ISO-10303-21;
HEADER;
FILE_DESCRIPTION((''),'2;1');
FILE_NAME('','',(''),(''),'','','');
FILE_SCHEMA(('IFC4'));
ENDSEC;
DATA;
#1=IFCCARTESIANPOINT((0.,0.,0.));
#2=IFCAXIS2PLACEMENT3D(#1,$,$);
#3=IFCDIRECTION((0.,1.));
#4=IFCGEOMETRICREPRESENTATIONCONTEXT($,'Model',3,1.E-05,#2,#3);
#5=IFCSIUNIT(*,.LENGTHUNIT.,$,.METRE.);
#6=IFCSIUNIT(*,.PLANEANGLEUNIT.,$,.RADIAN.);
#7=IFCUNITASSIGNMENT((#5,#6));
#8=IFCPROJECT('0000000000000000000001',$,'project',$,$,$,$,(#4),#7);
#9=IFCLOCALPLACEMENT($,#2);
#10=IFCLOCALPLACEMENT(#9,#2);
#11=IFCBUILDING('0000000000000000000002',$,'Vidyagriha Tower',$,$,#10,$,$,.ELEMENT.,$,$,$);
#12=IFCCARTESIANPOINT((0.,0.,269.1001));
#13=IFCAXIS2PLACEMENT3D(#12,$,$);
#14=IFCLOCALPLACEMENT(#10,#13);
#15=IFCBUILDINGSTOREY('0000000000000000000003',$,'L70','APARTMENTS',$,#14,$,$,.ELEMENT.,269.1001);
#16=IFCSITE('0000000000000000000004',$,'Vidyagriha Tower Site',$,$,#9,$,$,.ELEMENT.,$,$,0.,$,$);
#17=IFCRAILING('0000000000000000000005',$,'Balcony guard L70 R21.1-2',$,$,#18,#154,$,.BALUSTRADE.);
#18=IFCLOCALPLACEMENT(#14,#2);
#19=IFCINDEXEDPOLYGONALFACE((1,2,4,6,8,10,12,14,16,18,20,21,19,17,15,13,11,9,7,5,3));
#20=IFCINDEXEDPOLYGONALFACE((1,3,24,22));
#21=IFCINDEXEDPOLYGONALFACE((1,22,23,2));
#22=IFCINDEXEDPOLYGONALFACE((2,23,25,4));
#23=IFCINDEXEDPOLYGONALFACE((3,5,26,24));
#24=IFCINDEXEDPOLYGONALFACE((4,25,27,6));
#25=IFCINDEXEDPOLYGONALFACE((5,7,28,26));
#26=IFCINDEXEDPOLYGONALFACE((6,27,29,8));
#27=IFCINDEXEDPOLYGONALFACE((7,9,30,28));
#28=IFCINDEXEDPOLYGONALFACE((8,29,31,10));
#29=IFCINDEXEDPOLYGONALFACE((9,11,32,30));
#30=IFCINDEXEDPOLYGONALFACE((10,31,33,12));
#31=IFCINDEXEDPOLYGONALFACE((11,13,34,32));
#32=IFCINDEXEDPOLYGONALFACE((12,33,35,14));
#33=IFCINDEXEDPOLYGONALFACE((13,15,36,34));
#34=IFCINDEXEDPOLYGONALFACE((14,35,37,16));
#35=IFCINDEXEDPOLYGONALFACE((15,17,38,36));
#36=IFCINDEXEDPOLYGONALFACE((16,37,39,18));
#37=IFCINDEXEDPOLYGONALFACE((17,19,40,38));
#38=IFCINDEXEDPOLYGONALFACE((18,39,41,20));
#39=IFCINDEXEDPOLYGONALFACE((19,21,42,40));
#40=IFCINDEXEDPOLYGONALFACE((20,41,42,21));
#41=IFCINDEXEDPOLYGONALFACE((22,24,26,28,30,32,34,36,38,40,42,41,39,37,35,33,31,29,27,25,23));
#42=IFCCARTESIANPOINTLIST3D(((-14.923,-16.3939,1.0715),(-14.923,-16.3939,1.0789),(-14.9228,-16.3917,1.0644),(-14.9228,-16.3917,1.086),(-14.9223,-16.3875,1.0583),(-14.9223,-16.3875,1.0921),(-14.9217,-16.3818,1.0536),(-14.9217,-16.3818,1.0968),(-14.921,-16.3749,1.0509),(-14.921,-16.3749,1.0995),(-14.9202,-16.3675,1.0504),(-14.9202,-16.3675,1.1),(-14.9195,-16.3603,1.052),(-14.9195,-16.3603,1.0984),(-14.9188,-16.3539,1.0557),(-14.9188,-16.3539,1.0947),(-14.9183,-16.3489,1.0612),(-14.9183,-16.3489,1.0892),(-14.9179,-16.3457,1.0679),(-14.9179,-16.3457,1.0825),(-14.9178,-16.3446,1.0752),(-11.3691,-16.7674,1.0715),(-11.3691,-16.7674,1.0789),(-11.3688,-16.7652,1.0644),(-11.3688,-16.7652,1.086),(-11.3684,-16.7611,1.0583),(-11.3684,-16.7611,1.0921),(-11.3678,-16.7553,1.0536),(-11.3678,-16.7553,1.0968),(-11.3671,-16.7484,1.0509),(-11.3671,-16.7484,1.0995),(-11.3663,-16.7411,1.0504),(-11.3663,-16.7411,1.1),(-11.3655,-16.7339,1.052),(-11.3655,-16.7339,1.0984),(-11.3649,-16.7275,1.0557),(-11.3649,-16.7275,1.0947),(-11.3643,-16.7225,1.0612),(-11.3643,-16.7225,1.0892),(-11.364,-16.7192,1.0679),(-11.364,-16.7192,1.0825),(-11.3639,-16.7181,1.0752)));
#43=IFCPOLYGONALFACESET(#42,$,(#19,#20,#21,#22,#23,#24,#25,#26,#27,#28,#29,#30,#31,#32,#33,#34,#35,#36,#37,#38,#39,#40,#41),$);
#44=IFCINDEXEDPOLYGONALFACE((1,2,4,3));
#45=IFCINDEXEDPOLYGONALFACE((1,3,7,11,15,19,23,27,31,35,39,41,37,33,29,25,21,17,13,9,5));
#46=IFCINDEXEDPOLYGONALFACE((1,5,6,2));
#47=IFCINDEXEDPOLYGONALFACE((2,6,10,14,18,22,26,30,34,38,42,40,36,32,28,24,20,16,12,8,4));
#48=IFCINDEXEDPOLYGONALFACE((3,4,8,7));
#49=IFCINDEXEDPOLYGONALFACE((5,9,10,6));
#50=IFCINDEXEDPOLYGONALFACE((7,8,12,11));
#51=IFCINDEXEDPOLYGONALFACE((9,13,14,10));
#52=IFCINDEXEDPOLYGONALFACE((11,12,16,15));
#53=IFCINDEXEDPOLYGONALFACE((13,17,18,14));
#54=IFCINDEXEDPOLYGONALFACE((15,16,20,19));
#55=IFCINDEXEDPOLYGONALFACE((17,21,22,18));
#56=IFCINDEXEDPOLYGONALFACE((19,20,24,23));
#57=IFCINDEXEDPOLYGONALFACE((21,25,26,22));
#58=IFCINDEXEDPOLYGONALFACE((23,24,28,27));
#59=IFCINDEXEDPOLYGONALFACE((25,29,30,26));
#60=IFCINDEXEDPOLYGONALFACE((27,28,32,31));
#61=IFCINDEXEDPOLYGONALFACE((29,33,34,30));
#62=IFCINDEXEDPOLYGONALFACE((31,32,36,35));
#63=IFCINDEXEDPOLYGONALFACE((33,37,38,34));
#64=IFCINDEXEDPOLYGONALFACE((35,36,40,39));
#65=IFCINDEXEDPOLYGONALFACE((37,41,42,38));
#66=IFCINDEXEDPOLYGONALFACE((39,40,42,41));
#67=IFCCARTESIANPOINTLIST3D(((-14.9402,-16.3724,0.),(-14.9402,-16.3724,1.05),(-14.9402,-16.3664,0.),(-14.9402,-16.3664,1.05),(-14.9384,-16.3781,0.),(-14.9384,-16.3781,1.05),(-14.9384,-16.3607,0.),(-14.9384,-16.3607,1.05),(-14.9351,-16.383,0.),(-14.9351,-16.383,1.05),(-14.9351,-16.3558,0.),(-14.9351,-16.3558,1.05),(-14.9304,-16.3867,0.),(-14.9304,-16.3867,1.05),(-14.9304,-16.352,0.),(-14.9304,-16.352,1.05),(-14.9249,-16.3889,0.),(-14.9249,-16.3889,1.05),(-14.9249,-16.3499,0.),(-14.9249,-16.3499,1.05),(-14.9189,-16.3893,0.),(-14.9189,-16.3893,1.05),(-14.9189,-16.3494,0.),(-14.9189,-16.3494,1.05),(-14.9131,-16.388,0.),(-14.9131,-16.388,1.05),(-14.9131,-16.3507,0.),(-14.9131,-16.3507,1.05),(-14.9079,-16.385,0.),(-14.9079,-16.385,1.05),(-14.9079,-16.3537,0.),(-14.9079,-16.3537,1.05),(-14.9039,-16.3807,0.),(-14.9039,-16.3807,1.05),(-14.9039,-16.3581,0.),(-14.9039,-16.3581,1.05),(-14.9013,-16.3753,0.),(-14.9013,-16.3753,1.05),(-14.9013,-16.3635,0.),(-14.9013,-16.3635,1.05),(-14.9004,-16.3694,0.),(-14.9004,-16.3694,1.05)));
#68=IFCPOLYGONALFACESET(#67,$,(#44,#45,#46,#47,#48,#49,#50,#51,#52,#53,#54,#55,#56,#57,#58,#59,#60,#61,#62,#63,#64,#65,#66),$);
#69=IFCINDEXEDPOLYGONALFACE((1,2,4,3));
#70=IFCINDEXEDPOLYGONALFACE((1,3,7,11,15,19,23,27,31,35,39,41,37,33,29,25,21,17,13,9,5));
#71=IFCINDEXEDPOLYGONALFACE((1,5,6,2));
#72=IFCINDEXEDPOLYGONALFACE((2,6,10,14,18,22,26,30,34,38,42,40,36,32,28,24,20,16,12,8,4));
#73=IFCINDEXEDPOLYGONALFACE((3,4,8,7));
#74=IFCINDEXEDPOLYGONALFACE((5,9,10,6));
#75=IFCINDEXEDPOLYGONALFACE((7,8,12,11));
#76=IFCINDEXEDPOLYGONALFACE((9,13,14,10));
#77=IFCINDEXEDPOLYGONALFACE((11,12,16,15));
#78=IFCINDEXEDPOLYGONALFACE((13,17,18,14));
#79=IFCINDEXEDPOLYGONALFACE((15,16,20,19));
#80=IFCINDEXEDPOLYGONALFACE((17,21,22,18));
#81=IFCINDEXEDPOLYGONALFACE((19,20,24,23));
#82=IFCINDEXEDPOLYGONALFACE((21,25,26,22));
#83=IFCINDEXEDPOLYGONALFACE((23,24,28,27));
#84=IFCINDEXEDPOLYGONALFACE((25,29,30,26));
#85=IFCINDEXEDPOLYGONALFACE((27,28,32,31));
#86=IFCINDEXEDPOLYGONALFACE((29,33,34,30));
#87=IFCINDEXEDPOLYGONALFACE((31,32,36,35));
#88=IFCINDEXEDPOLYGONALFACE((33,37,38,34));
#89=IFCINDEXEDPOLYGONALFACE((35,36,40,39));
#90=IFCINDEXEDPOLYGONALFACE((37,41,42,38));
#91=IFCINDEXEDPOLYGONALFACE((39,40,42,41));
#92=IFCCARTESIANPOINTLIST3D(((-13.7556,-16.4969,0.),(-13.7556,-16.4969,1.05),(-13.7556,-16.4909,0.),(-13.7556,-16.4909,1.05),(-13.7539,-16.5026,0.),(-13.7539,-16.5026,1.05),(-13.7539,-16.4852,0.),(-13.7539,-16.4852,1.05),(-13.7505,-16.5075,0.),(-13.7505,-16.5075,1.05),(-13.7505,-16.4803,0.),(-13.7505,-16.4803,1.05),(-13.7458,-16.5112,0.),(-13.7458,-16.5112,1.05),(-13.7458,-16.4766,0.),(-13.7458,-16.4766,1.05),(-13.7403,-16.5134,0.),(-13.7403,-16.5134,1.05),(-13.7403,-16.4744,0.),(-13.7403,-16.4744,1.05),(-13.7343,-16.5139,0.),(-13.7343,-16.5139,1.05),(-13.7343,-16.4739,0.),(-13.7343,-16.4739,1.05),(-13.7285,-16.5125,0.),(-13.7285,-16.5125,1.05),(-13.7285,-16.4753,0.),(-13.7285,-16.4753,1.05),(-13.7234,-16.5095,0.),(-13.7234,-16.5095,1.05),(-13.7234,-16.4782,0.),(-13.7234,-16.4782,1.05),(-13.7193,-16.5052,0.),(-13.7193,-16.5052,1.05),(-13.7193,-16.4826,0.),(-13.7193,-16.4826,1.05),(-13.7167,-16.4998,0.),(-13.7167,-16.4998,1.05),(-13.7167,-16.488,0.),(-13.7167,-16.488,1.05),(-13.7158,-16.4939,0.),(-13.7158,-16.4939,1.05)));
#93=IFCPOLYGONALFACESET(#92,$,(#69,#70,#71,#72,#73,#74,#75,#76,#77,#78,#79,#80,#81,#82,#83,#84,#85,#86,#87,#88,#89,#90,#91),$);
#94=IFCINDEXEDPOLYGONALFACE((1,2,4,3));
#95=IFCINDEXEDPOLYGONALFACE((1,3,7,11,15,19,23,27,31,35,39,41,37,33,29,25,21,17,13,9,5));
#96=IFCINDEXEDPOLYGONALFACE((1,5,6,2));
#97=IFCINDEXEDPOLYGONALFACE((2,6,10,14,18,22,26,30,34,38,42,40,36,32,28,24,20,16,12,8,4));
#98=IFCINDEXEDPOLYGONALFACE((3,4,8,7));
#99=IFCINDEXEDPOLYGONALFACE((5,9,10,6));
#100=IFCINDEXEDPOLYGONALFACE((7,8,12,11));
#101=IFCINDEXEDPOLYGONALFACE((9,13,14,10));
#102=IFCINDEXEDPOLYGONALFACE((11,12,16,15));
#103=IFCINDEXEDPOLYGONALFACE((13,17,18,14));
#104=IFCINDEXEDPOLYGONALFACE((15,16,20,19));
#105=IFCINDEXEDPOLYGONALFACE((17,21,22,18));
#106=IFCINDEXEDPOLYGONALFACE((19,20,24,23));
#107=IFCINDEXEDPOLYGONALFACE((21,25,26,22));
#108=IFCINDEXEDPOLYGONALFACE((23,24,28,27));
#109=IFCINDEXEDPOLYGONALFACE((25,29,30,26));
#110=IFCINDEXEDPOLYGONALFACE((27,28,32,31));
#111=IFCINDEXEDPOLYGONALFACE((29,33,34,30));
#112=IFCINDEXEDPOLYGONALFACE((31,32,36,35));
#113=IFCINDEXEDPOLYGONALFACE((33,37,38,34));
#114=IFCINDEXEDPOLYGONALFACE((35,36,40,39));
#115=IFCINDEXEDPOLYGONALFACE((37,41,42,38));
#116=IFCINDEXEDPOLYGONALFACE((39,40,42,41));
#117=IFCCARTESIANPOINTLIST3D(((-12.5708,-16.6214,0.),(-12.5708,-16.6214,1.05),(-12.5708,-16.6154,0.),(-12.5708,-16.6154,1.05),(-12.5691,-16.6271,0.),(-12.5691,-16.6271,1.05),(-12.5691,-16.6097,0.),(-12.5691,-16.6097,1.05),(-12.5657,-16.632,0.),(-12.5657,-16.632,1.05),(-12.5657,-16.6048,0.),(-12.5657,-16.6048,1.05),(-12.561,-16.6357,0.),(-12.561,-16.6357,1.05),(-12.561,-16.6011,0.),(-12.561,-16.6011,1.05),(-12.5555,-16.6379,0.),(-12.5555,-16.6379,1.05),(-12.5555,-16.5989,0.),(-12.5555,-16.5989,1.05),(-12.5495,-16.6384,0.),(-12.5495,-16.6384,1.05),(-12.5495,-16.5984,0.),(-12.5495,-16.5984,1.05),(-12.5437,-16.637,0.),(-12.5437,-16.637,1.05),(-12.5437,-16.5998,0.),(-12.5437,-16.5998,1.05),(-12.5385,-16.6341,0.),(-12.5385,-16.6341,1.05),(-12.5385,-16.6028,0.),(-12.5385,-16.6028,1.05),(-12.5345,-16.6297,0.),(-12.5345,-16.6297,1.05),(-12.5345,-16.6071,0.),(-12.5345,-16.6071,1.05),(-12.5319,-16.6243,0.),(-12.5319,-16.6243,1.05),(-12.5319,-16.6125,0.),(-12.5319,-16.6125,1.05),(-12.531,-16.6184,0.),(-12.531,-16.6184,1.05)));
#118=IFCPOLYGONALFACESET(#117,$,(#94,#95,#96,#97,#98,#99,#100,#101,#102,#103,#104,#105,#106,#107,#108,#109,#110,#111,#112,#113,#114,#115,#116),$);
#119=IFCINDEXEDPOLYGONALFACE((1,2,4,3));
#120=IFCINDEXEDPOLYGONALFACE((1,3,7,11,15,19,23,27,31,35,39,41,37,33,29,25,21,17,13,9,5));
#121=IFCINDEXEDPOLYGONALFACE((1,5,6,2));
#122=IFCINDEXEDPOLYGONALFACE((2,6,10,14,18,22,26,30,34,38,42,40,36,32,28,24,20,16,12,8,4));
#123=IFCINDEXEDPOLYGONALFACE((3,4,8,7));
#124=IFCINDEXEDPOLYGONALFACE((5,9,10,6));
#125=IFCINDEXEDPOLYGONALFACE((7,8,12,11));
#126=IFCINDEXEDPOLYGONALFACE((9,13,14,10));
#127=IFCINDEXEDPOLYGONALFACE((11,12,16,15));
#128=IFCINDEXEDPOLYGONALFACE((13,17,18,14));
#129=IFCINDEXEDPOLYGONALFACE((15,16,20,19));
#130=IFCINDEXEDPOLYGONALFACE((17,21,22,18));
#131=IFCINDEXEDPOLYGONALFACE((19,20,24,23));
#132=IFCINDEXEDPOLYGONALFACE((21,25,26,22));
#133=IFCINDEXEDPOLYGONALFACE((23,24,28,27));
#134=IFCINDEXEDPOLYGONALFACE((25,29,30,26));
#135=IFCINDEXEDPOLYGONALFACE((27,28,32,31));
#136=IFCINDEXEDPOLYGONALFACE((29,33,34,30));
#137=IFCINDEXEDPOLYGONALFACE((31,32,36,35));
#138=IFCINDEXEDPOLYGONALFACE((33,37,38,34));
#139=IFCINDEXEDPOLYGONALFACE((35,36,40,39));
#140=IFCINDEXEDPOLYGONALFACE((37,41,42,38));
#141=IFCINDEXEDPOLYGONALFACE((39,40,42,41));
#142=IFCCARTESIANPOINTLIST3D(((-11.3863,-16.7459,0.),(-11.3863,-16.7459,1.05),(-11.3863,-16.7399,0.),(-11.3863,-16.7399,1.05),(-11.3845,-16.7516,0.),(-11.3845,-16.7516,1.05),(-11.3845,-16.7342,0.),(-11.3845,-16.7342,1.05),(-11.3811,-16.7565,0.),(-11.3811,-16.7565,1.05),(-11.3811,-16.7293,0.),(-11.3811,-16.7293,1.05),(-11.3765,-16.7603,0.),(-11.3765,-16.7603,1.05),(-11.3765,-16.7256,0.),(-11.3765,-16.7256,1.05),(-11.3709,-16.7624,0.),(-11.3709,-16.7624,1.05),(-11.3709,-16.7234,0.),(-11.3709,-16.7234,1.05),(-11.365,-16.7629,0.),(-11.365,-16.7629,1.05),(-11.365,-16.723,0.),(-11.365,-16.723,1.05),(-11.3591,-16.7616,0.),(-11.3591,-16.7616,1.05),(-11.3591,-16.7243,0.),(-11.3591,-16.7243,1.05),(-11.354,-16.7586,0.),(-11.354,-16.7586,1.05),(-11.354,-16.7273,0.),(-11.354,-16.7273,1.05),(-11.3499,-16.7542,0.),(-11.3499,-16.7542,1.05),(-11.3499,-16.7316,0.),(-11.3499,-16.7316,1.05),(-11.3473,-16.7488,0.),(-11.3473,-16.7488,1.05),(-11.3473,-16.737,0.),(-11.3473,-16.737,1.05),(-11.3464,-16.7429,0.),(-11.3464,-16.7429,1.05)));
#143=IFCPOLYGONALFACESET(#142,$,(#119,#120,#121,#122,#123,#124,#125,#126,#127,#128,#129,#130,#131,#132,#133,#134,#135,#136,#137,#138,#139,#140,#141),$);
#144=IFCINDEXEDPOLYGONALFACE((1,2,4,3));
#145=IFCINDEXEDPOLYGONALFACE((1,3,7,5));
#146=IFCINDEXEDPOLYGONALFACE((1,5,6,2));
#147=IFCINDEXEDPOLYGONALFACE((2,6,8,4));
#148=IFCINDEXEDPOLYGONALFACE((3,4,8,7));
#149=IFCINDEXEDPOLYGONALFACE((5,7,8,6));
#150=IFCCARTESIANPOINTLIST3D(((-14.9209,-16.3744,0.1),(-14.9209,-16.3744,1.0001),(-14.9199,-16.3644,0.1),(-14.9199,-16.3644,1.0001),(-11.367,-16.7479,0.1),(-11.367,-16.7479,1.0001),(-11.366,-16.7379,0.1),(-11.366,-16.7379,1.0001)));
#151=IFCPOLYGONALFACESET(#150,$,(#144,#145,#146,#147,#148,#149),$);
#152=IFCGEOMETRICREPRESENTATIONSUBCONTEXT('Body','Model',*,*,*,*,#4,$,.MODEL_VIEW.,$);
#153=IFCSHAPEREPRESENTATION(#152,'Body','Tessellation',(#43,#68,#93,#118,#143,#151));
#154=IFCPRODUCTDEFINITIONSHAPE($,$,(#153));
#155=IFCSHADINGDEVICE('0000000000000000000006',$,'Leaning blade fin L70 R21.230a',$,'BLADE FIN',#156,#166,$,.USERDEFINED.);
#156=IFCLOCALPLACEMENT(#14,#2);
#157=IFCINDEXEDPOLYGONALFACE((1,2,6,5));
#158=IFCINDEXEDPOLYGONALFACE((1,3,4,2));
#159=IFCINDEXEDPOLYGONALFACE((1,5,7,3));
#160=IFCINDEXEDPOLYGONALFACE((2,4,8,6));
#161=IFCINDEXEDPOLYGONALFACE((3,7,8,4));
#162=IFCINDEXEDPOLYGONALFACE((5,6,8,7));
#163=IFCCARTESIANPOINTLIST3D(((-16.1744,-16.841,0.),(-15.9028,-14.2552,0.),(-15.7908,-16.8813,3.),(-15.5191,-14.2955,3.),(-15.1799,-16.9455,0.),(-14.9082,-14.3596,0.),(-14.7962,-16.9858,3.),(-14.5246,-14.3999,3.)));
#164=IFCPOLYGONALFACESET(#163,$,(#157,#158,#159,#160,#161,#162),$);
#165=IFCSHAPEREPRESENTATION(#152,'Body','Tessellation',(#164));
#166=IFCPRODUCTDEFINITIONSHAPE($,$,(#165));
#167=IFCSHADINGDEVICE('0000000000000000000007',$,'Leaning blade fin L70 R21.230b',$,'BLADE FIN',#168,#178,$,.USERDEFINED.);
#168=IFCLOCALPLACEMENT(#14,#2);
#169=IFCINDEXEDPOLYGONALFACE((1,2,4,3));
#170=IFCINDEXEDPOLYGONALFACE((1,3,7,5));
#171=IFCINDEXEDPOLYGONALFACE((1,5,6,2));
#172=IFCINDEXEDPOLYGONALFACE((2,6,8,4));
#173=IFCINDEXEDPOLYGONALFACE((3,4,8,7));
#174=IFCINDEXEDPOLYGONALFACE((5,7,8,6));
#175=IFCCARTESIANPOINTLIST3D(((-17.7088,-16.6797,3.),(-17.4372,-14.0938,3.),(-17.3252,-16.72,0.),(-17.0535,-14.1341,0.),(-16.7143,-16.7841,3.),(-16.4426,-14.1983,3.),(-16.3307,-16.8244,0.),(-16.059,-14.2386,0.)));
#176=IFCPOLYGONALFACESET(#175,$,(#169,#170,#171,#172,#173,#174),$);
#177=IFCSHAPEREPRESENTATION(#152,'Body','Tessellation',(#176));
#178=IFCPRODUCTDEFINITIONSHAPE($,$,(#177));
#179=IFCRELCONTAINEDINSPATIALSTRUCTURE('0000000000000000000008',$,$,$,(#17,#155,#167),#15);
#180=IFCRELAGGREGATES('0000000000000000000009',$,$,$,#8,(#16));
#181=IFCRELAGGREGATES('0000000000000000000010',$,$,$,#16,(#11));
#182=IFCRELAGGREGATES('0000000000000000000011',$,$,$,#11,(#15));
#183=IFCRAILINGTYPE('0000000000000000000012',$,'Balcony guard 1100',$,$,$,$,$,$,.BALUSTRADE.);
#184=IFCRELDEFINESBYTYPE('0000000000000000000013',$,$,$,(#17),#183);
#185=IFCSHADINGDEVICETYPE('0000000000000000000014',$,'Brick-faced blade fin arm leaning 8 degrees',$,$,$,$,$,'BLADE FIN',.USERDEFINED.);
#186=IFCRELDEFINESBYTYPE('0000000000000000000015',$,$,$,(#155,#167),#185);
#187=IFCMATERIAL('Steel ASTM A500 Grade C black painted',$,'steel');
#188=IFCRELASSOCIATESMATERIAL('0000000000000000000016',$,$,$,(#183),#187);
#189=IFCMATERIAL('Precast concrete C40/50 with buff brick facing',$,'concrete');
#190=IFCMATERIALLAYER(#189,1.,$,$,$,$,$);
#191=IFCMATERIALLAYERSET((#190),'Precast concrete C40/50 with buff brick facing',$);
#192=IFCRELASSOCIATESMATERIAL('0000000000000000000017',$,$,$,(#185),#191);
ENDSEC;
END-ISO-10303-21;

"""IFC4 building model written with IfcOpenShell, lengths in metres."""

from ifc_helpers import new_model, si_unit, direction, frame, origin, origin_2d, place, context, subcontext, project, spatial, polyline, rectangle, circle, outline, extrude, material, layer, layer_set, type_object, element, save


model = new_model("IFC4")

# Units and contexts
model_context = context("Model", 3, precision=1e-05, world=origin(), true_north=direction((0.0, 1.0)))
body_context = subcontext(model_context, "Body", "Model", "MODEL_VIEW")
ifc_project = project(units=[si_unit("LENGTHUNIT", "METRE"), si_unit("PLANEANGLEUNIT", "RADIAN")], contexts=[model_context])

# Site, building, storey
site_placement = place(None, origin())
site = spatial("IfcSite", under=ifc_project, at=site_placement, Name="Vidyagriha Tower Site", CompositionType="ELEMENT", RefElevation=0.0)
building_placement = place(site_placement, origin())
building = spatial("IfcBuilding", under=site, at=building_placement, Name="Vidyagriha Tower", CompositionType="ELEMENT")
storey_placement = place(building_placement, frame((0.0, 0.0, 269.1001)))
storey = spatial("IfcBuildingStorey", under=building, at=storey_placement, Name="L70", Description="APARTMENTS", CompositionType="ELEMENT", Elevation=269.1001)

# Railing
ifc_material_1 = material(Name="Steel ASTM A500 Grade C black painted", Category="steel")
railing_type_1 = type_object("IfcRailingType", Name="Balcony guard 1100", PredefinedType="BALUSTRADE", material=ifc_material_1)
railing_1_placement = place(storey_placement, frame((-14.9204, -16.3694, 0.0)))
element("IfcRailing", 1, at=railing_1_placement, inside=storey, type_object=railing_type_1, Name="Balcony guard L70 R21.1-2", PredefinedType="BALUSTRADE", context=body_context, shape_type="SweptSolid", body=[
    extrude(circle(Radius=0.0249, at=origin_2d()), frame((0.0, 0.0, 1.0752), z_axis=(0.994522, -0.104528, 0.0), x_axis=(0.104528, 0.994522, 0.0)), (0.0, 0.0, 1.0), 3.5735),
    extrude(circle(Radius=0.02, at=origin_2d()), origin(), (0.0, 0.0, 1.0), 1.05),
    extrude(circle(Radius=0.02, at=origin_2d()), frame((1.1846, -0.1245, 0.0)), (0.0, 0.0, 1.0), 1.05),
    extrude(circle(Radius=0.02, at=origin_2d()), frame((2.3694, -0.249, 0.0)), (0.0, 0.0, 1.0), 1.05),
    extrude(circle(Radius=0.02, at=origin_2d()), frame((3.554, -0.3735, 0.0)), (0.0, 0.0, 1.0), 1.05),
    extrude(rectangle(XDim=0.01, YDim=0.9001, at=origin_2d()), frame((0.0, 0.0, 0.55), z_axis=(0.994522, -0.104528, 0.0), x_axis=(0.104528, 0.994522, 0.0)), (0.0, 0.0, 1.0), 3.5735),
])

# Shading devices
ifc_material_2 = material(Name="Precast concrete C40/50 with buff brick facing", Category="concrete")
ifc_layer_1 = layer(ifc_material_2, 1.0)
ifc_layer_set_1 = layer_set([ifc_layer_1], Name="Precast concrete C40/50 with buff brick facing")
shading_device_type = type_object("IfcShadingDeviceType", Name="Brick-faced blade fin arm leaning 8 degrees", ElementType="BLADE FIN", PredefinedType="USERDEFINED", material=ifc_layer_set_1)
shading_device_1_placement = place(storey_placement, frame((-16.0386, -15.5481, 0.0), z_axis=(0.0, 0.0, 1.0), x_axis=(0.994528, -0.104474, 0.0)))
element("IfcShadingDevice", 2, at=shading_device_1_placement, inside=storey, type_object=shading_device_type, Name="Leaning blade fin L70 R21.230a", ObjectType="BLADE FIN", PredefinedType="USERDEFINED", context=body_context, shape_type="SweptSolid", body=[
    extrude(outline(polyline([(0.0, 0.0), (1.0, 0.0), (1.3857, 3.0), (0.3857, 3.0), (0.0, 0.0)])), frame((0.0, 1.3, 0.0), z_axis=(0.0, -1.0, 0.0), x_axis=(1.0, 0.0, 0.0)), (0.0, 0.0, 1.0), 2.6001),
])
shading_device_2_placement = place(storey_placement, frame((-17.573, -15.3867, 0.0), z_axis=(0.0, 0.0, 1.0), x_axis=(0.994528, -0.104474, 0.0)))
element("IfcShadingDevice", 3, at=shading_device_2_placement, inside=storey, type_object=shading_device_type, Name="Leaning blade fin L70 R21.230b", ObjectType="BLADE FIN", PredefinedType="USERDEFINED", context=body_context, shape_type="SweptSolid", body=[
    extrude(outline(polyline([(0.3857, 0.0), (1.3857, 0.0), (1.0, 3.0), (0.0, 3.0), (0.3857, 0.0)])), frame((0.0, 1.3, 0.0), z_axis=(0.0, -1.0, 0.0), x_axis=(1.0, 0.0, 0.0)), (0.0, 0.0, 1.0), 2.6001),
])

save(model, "model.ifc")
